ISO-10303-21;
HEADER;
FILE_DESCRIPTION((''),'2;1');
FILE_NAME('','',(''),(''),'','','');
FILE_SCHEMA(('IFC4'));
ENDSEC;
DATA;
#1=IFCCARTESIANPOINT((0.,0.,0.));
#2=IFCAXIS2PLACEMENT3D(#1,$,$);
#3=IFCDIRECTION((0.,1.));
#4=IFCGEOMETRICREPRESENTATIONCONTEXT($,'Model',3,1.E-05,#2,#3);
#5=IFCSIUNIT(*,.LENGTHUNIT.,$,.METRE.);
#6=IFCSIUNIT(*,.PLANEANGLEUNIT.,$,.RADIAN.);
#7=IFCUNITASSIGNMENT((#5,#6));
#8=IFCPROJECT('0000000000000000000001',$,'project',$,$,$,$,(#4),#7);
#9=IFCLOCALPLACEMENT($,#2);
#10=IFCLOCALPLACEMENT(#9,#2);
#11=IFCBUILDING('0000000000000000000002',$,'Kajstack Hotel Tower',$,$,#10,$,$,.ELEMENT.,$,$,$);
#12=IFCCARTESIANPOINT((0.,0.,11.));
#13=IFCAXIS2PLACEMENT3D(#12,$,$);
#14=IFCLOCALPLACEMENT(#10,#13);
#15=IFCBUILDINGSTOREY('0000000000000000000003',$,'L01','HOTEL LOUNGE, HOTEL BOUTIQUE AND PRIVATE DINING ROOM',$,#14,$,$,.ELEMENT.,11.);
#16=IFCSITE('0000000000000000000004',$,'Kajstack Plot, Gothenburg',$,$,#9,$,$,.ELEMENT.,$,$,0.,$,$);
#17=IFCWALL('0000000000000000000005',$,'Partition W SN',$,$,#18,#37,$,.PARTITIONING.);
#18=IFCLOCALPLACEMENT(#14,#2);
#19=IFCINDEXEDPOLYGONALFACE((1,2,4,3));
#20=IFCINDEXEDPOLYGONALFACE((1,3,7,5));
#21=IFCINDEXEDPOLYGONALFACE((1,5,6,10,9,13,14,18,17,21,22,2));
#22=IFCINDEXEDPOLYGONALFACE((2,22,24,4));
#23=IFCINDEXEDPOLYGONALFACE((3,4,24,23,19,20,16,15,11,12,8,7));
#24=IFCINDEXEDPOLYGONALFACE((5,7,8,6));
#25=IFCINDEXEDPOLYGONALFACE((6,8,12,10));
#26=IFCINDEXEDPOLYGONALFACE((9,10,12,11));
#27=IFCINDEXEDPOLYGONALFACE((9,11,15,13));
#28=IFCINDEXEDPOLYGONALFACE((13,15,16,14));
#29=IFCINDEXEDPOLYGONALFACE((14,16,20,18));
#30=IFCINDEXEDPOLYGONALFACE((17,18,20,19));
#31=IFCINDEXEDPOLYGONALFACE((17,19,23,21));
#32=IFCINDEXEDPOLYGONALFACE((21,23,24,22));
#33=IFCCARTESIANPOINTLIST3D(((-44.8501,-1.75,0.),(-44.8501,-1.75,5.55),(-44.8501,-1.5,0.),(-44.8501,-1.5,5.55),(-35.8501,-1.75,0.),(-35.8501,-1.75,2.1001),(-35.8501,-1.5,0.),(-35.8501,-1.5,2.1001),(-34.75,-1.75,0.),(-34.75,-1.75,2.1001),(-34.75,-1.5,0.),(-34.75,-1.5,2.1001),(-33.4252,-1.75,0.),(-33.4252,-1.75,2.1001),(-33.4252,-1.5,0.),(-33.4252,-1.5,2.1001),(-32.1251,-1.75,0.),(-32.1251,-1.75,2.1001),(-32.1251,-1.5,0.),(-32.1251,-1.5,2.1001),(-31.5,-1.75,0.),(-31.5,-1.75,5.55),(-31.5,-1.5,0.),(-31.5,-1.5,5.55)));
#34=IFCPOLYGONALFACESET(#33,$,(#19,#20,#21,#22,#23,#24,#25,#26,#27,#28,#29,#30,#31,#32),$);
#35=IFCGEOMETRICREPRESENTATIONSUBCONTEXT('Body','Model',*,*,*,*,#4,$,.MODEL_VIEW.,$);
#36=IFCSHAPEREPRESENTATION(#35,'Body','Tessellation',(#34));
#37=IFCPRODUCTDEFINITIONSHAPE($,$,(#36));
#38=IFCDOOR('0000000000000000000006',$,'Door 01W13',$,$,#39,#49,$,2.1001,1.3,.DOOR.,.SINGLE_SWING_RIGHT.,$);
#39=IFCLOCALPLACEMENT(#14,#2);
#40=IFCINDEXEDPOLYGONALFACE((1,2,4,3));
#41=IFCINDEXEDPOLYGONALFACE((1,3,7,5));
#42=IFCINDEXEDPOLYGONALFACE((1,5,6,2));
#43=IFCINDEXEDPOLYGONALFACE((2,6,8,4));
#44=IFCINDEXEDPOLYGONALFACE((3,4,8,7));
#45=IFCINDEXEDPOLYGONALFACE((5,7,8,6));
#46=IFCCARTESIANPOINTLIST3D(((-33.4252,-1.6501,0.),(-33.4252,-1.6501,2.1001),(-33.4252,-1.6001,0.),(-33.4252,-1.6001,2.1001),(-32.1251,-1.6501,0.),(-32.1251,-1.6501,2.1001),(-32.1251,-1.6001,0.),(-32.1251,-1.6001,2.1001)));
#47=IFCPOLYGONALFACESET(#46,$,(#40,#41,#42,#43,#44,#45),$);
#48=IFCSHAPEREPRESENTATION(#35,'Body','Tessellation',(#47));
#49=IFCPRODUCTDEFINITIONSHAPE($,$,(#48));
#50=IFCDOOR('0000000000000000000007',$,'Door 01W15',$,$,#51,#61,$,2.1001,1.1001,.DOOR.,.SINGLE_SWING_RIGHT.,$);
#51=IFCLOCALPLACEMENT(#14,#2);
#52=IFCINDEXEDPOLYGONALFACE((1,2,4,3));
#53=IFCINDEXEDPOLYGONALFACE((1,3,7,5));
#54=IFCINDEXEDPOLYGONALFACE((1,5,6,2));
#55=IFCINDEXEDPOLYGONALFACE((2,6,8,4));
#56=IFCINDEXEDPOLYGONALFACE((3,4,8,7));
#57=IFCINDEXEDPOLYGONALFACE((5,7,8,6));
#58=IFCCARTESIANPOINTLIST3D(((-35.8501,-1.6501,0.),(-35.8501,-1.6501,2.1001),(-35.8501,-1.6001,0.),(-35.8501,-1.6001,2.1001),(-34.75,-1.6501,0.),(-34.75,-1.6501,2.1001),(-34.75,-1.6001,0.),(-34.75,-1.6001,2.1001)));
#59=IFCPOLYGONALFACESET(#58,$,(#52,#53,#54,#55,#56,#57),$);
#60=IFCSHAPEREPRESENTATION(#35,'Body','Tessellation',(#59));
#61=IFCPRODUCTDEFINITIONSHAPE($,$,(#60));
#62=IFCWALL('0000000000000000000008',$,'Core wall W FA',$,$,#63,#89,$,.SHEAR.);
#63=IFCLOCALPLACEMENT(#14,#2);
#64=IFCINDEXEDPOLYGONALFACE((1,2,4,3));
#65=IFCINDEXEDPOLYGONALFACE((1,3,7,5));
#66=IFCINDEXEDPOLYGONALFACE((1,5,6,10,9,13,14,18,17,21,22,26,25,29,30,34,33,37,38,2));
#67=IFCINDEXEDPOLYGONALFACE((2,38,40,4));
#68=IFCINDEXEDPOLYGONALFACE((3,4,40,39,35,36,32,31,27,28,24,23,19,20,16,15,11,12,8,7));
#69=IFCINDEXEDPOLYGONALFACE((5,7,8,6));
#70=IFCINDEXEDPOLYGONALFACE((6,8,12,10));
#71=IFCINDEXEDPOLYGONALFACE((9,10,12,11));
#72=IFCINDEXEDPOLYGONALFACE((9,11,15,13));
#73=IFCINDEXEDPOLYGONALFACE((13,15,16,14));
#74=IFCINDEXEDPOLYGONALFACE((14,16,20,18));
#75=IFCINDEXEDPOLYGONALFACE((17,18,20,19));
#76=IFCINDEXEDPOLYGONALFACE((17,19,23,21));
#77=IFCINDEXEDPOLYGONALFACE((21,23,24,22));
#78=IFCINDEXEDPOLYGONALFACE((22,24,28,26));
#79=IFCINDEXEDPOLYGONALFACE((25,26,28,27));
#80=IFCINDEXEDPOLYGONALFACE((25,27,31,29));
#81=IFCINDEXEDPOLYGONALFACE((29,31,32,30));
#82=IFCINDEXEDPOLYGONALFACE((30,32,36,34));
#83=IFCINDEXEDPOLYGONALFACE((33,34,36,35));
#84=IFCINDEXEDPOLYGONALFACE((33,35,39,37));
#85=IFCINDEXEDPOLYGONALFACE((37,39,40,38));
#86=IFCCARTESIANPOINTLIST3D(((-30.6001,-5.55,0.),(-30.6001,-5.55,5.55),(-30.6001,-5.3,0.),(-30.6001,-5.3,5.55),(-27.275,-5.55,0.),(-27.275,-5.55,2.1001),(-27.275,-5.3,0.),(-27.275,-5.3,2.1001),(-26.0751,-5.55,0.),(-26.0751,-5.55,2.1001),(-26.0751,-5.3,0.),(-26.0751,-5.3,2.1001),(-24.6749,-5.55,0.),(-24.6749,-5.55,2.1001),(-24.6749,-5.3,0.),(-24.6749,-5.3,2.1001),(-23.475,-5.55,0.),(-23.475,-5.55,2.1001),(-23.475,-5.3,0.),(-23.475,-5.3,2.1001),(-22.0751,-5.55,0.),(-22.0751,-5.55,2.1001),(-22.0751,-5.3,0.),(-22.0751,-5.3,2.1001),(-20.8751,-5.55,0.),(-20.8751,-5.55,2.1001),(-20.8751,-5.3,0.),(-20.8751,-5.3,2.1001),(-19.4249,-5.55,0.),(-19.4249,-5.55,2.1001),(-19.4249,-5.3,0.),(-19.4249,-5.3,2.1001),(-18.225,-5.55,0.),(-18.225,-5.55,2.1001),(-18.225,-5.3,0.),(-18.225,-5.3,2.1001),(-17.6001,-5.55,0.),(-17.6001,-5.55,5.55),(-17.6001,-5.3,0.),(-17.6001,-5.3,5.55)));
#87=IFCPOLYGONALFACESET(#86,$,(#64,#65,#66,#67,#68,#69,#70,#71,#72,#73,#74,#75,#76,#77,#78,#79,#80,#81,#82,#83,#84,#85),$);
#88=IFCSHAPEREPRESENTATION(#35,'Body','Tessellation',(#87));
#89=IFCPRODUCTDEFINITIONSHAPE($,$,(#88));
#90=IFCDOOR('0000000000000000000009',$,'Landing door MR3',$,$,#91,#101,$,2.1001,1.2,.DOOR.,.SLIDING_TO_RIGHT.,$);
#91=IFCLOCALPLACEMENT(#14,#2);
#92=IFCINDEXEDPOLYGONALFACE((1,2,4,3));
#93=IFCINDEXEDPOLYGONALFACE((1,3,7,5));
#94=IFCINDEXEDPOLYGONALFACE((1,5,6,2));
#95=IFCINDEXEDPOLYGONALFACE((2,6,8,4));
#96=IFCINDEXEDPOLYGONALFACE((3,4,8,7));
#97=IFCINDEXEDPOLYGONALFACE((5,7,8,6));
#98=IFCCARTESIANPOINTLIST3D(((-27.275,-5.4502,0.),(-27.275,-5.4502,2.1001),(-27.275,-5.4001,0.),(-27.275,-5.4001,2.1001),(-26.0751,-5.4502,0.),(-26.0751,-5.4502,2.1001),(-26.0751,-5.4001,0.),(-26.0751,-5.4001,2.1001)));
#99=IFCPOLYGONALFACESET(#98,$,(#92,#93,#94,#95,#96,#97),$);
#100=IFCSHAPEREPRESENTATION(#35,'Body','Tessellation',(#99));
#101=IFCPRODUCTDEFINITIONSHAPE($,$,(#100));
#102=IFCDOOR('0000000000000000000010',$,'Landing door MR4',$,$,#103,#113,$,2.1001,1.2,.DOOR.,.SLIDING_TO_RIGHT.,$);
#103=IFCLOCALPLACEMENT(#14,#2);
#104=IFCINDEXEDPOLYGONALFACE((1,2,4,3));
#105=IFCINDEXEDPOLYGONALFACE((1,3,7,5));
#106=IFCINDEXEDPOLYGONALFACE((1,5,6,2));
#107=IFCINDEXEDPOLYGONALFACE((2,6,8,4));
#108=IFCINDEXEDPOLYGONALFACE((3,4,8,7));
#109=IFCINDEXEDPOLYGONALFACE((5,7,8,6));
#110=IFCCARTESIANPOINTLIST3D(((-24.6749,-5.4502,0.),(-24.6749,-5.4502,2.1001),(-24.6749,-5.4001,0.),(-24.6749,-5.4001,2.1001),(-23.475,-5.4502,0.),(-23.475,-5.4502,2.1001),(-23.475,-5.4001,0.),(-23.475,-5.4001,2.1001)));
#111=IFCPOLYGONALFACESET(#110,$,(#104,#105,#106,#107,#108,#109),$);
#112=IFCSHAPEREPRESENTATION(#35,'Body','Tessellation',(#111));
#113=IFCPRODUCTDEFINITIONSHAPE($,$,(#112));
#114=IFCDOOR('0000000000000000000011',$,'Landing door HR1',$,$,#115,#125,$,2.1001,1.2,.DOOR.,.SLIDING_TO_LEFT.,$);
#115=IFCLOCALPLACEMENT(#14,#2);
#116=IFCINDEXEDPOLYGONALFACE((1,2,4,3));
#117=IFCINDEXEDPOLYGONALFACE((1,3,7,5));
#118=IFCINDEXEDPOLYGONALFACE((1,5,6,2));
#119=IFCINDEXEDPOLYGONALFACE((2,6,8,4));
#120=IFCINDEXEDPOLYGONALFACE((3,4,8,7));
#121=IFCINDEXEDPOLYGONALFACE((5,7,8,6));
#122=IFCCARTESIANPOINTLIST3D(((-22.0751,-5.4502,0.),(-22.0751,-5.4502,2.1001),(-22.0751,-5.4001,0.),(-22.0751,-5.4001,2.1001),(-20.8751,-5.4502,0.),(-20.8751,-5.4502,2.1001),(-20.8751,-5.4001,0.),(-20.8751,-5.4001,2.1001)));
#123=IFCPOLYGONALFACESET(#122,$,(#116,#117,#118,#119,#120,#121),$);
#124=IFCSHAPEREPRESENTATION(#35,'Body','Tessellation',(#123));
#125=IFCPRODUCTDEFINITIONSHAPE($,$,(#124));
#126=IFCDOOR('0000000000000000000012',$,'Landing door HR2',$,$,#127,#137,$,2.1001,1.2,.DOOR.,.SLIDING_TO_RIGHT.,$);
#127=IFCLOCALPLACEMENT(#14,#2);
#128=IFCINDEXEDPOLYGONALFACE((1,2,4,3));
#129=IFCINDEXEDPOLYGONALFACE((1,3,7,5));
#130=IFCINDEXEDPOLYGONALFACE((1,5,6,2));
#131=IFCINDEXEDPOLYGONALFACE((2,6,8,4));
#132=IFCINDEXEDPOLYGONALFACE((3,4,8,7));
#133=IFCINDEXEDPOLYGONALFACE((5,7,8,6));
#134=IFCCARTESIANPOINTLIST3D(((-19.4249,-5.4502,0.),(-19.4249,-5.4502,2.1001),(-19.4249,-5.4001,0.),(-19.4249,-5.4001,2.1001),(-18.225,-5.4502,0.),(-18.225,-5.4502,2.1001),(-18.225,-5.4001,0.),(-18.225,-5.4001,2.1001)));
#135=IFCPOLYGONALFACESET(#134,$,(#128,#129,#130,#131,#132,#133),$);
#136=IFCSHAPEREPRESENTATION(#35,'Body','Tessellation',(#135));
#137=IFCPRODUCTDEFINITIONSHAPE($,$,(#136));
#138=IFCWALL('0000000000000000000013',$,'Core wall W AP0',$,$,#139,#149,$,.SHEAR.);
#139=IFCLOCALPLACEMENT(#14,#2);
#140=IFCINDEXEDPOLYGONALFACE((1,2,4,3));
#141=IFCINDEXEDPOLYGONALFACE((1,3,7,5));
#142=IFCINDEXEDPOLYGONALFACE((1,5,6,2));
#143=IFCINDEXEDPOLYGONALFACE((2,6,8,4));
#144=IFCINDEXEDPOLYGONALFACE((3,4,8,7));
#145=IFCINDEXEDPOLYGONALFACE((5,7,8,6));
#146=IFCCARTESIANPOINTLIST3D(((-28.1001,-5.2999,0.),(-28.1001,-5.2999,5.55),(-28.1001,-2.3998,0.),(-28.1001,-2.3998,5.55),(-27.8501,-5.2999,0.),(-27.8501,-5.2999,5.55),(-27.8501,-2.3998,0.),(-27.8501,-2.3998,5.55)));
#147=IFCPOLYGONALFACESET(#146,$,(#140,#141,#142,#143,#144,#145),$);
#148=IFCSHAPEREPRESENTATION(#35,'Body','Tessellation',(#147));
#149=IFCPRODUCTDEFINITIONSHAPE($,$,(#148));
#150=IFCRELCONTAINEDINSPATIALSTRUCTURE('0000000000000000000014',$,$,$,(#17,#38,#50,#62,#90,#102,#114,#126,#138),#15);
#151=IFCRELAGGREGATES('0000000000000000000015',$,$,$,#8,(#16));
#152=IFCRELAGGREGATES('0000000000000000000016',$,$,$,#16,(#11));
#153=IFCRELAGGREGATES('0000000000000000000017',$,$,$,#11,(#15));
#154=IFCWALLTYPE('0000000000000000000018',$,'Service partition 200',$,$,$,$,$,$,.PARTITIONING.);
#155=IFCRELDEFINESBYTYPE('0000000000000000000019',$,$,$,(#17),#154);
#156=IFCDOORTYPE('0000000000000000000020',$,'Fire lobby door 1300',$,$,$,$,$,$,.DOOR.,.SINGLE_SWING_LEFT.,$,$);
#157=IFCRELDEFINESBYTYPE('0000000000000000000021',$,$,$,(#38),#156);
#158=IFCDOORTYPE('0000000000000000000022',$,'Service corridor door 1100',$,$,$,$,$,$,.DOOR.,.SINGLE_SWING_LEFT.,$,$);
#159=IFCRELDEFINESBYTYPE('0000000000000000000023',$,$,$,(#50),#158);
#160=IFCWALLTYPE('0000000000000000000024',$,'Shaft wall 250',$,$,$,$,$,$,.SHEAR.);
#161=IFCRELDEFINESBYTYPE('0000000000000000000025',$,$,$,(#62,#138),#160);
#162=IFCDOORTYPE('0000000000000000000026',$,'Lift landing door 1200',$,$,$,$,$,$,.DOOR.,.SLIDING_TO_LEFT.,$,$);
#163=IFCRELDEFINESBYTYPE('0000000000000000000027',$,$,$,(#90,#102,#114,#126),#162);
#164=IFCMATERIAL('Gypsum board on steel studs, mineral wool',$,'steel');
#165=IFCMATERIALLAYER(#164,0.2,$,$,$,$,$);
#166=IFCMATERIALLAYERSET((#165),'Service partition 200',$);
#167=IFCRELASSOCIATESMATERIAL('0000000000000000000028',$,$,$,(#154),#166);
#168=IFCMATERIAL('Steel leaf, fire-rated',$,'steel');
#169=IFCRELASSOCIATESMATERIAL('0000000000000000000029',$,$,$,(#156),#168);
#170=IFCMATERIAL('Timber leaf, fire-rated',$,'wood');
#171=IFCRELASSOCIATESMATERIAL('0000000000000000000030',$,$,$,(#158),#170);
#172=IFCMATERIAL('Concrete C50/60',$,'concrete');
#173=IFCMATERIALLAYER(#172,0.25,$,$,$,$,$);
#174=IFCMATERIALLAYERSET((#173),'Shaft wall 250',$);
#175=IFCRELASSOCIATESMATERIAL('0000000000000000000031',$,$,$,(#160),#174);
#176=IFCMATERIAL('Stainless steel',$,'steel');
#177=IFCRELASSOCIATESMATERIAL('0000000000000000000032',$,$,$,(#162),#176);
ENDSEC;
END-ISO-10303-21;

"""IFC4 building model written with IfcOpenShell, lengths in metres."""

from ifc_helpers import new_model, si_unit, direction, frame, frame_2d, origin, place, context, subcontext, project, spatial, rectangle, extrude, material, layer, layer_set, type_object, element, fill, save


model = new_model("IFC4")

# Units and contexts
model_context = context("Model", 3, precision=1e-05, world=origin(), true_north=direction((0.0, 1.0)))
body_context = subcontext(model_context, "Body", "Model", "MODEL_VIEW")
ifc_project = project(units=[si_unit("LENGTHUNIT", "METRE"), si_unit("PLANEANGLEUNIT", "RADIAN")], contexts=[model_context])

# Site, building, storey
site_placement = place(None, origin())
site = spatial("IfcSite", under=ifc_project, at=site_placement, Name="Kajstack Plot, Gothenburg", CompositionType="ELEMENT", RefElevation=0.0)
building_placement = place(site_placement, origin())
building = spatial("IfcBuilding", under=site, at=building_placement, Name="Kajstack Hotel Tower", CompositionType="ELEMENT")
storey_placement = place(building_placement, frame((0.0, 0.0, 11.0)))
storey = spatial("IfcBuildingStorey", under=building, at=storey_placement, Name="L01", Description="HOTEL LOUNGE, HOTEL BOUTIQUE AND PRIVATE DINING ROOM", CompositionType="ELEMENT", Elevation=11.0)

# Shared definitions
ifc_material_1 = material(Name="Concrete C50/60", Category="concrete")

# Walls, openings, doors
ifc_material_2 = material(Name="Gypsum board on steel studs, mineral wool", Category="steel")
ifc_layer_1 = layer(ifc_material_2, 0.2)
ifc_layer_set_1 = layer_set([ifc_layer_1], Name="Service partition 200")
wall_type_1 = type_object("IfcWallType", Name="Service partition 200", PredefinedType="PARTITIONING", material=ifc_layer_set_1)
wall_1_placement = place(storey_placement, frame((-44.8501, -1.625, 0.0), z_axis=(0.0, 0.0, 1.0), x_axis=(1.0, 0.0, 0.0)))
wall_1 = element("IfcWall", 1, at=wall_1_placement, inside=storey, type_object=wall_type_1, Name="Partition W SN", PredefinedType="PARTITIONING", context=body_context, shape_type="SweptSolid", body=[
    extrude(rectangle(XDim=13.3501, YDim=0.25, at=frame_2d((6.675, 0.0))), origin(), (0.0, 0.0, 1.0), 5.55),
])
opening_1_placement = place(wall_1_placement, frame((11.425, 0.0, 0.0)))
opening_1 = element("IfcOpeningElement", 2, at=opening_1_placement, cuts=wall_1, PredefinedType="OPENING", context=body_context, shape_type="SweptSolid", body=[
    extrude(rectangle(XDim=1.3, YDim=2.1001, at=frame_2d((0.6499, 1.05))), frame((0.0, 0.135, 0.0), z_axis=(0.0, -1.0, 0.0), x_axis=(1.0, 0.0, 0.0)), (0.0, 0.0, 1.0), 0.27),
])
opening_2_placement = place(wall_1_placement, frame((9.0, 0.0, 0.0)))
opening_2 = element("IfcOpeningElement", 3, at=opening_2_placement, cuts=wall_1, PredefinedType="OPENING", context=body_context, shape_type="SweptSolid", body=[
    extrude(rectangle(XDim=1.1001, YDim=2.1001, at=frame_2d((0.55, 1.05))), frame((0.0, 0.135, 0.0), z_axis=(0.0, -1.0, 0.0), x_axis=(1.0, 0.0, 0.0)), (0.0, 0.0, 1.0), 0.27),
])
ifc_material_3 = material(Name="Steel leaf, fire-rated", Category="steel")
door_type_1 = type_object("IfcDoorType", Name="Fire lobby door 1300", OperationType="SINGLE_SWING_LEFT", PredefinedType="DOOR", material=ifc_material_3)
door_1_placement = place(opening_1_placement, origin())
door_1 = element("IfcDoor", 4, at=door_1_placement, inside=storey, type_object=door_type_1, Name="Door 01W13", OperationType="SINGLE_SWING_RIGHT", OverallHeight=2.1001, OverallWidth=1.3, PredefinedType="DOOR", context=body_context, shape_type="SweptSolid", body=[
    extrude(rectangle(XDim=1.3, YDim=2.1001, at=frame_2d((0.6499, 1.05))), frame((0.0, 0.0249, 0.0), z_axis=(0.0, -1.0, 0.0), x_axis=(1.0, 0.0, 0.0)), (0.0, 0.0, 1.0), 0.05),
])
fill(opening_1, door_1)
ifc_material_4 = material(Name="Timber leaf, fire-rated", Category="wood")
door_type_2 = type_object("IfcDoorType", Name="Service corridor door 1100", OperationType="SINGLE_SWING_LEFT", PredefinedType="DOOR", material=ifc_material_4)
door_2_placement = place(opening_2_placement, origin())
door_2 = element("IfcDoor", 5, at=door_2_placement, inside=storey, type_object=door_type_2, Name="Door 01W15", OperationType="SINGLE_SWING_RIGHT", OverallHeight=2.1001, OverallWidth=1.1001, PredefinedType="DOOR", context=body_context, shape_type="SweptSolid", body=[
    extrude(rectangle(XDim=1.1001, YDim=2.1001, at=frame_2d((0.55, 1.05))), frame((0.0, 0.0249, 0.0), z_axis=(0.0, -1.0, 0.0), x_axis=(1.0, 0.0, 0.0)), (0.0, 0.0, 1.0), 0.05),
])
fill(opening_2, door_2)
ifc_layer_2 = layer(ifc_material_1, 0.25)
ifc_layer_set_2 = layer_set([ifc_layer_2], Name="Shaft wall 250")
wall_type_2 = type_object("IfcWallType", Name="Shaft wall 250", PredefinedType="SHEAR", material=ifc_layer_set_2)
wall_2_placement = place(storey_placement, frame((-30.6001, -5.425, 0.0), z_axis=(0.0, 0.0, 1.0), x_axis=(1.0, 0.0, 0.0)))
wall_2 = element("IfcWall", 6, at=wall_2_placement, inside=storey, type_object=wall_type_2, Name="Core wall W FA", PredefinedType="SHEAR", context=body_context, shape_type="SweptSolid", body=[
    extrude(rectangle(XDim=13.0, YDim=0.25, at=frame_2d((6.5, 0.0))), origin(), (0.0, 0.0, 1.0), 5.55),
])
opening_3_placement = place(wall_2_placement, frame((3.325, 0.0, 0.0)))
opening_3 = element("IfcOpeningElement", 7, at=opening_3_placement, cuts=wall_2, PredefinedType="OPENING", context=body_context, shape_type="SweptSolid", body=[
    extrude(rectangle(XDim=1.2, YDim=2.1001, at=frame_2d((0.6001, 1.05))), frame((0.0, 0.135, 0.0), z_axis=(0.0, -1.0, 0.0), x_axis=(1.0, 0.0, 0.0)), (0.0, 0.0, 1.0), 0.27),
])
opening_4_placement = place(wall_2_placement, frame((5.925, 0.0, 0.0)))
opening_4 = element("IfcOpeningElement", 8, at=opening_4_placement, cuts=wall_2, PredefinedType="OPENING", context=body_context, shape_type="SweptSolid", body=[
    extrude(rectangle(XDim=1.2, YDim=2.1001, at=frame_2d((0.6001, 1.05))), frame((0.0, 0.135, 0.0), z_axis=(0.0, -1.0, 0.0), x_axis=(1.0, 0.0, 0.0)), (0.0, 0.0, 1.0), 0.27),
])
opening_5_placement = place(wall_2_placement, frame((8.5249, 0.0, 0.0)))
opening_5 = element("IfcOpeningElement", 9, at=opening_5_placement, cuts=wall_2, PredefinedType="OPENING", context=body_context, shape_type="SweptSolid", body=[
    extrude(rectangle(XDim=1.2, YDim=2.1001, at=frame_2d((0.6001, 1.05))), frame((0.0, 0.135, 0.0), z_axis=(0.0, -1.0, 0.0), x_axis=(1.0, 0.0, 0.0)), (0.0, 0.0, 1.0), 0.27),
])
opening_6_placement = place(wall_2_placement, frame((11.175, 0.0, 0.0)))
opening_6 = element("IfcOpeningElement", 10, at=opening_6_placement, cuts=wall_2, PredefinedType="OPENING", context=body_context, shape_type="SweptSolid", body=[
    extrude(rectangle(XDim=1.2, YDim=2.1001, at=frame_2d((0.6001, 1.05))), frame((0.0, 0.135, 0.0), z_axis=(0.0, -1.0, 0.0), x_axis=(1.0, 0.0, 0.0)), (0.0, 0.0, 1.0), 0.27),
])
ifc_material_5 = material(Name="Stainless steel", Category="steel")
door_type_3 = type_object("IfcDoorType", Name="Lift landing door 1200", OperationType="SLIDING_TO_LEFT", PredefinedType="DOOR", material=ifc_material_5)
door_3_placement = place(opening_3_placement, origin())
door_3 = element("IfcDoor", 11, at=door_3_placement, inside=storey, type_object=door_type_3, Name="Landing door MR3", OperationType="SLIDING_TO_RIGHT", OverallHeight=2.1001, OverallWidth=1.2, PredefinedType="DOOR", context=body_context, shape_type="SweptSolid", body=[
    extrude(rectangle(XDim=1.2, YDim=2.1001, at=frame_2d((0.6001, 1.05))), frame((0.0, 0.0249, 0.0), z_axis=(0.0, -1.0, 0.0), x_axis=(1.0, 0.0, 0.0)), (0.0, 0.0, 1.0), 0.05),
])
fill(opening_3, door_3)
door_4_placement = place(opening_4_placement, origin())
door_4 = element("IfcDoor", 12, at=door_4_placement, inside=storey, type_object=door_type_3, Name="Landing door MR4", OperationType="SLIDING_TO_RIGHT", OverallHeight=2.1001, OverallWidth=1.2, PredefinedType="DOOR", context=body_context, shape_type="SweptSolid", body=[
    extrude(rectangle(XDim=1.2, YDim=2.1001, at=frame_2d((0.6001, 1.05))), frame((0.0, 0.0249, 0.0), z_axis=(0.0, -1.0, 0.0), x_axis=(1.0, 0.0, 0.0)), (0.0, 0.0, 1.0), 0.05),
])
fill(opening_4, door_4)
door_5_placement = place(opening_5_placement, origin())
door_5 = element("IfcDoor", 13, at=door_5_placement, inside=storey, type_object=door_type_3, Name="Landing door HR1", OperationType="SLIDING_TO_LEFT", OverallHeight=2.1001, OverallWidth=1.2, PredefinedType="DOOR", context=body_context, shape_type="SweptSolid", body=[
    extrude(rectangle(XDim=1.2, YDim=2.1001, at=frame_2d((0.6001, 1.05))), frame((0.0, 0.0249, 0.0), z_axis=(0.0, -1.0, 0.0), x_axis=(1.0, 0.0, 0.0)), (0.0, 0.0, 1.0), 0.05),
])
fill(opening_5, door_5)
door_6_placement = place(opening_6_placement, origin())
door_6 = element("IfcDoor", 14, at=door_6_placement, inside=storey, type_object=door_type_3, Name="Landing door HR2", OperationType="SLIDING_TO_RIGHT", OverallHeight=2.1001, OverallWidth=1.2, PredefinedType="DOOR", context=body_context, shape_type="SweptSolid", body=[
    extrude(rectangle(XDim=1.2, YDim=2.1001, at=frame_2d((0.6001, 1.05))), frame((0.0, 0.0249, 0.0), z_axis=(0.0, -1.0, 0.0), x_axis=(1.0, 0.0, 0.0)), (0.0, 0.0, 1.0), 0.05),
])
fill(opening_6, door_6)

# Wall
wall_3_placement = place(storey_placement, frame((-27.9751, -5.3, 0.0), z_axis=(0.0, 0.0, 1.0), x_axis=(0.0, 1.0, 0.0)))
element("IfcWall", 15, at=wall_3_placement, inside=storey, type_object=wall_type_2, Name="Core wall W AP0", PredefinedType="SHEAR", context=body_context, shape_type="SweptSolid", body=[
    extrude(rectangle(XDim=2.9001, YDim=0.25, at=frame_2d((1.4502, 0.0))), origin(), (0.0, 0.0, 1.0), 5.55),
])

save(model, "model.ifc")
